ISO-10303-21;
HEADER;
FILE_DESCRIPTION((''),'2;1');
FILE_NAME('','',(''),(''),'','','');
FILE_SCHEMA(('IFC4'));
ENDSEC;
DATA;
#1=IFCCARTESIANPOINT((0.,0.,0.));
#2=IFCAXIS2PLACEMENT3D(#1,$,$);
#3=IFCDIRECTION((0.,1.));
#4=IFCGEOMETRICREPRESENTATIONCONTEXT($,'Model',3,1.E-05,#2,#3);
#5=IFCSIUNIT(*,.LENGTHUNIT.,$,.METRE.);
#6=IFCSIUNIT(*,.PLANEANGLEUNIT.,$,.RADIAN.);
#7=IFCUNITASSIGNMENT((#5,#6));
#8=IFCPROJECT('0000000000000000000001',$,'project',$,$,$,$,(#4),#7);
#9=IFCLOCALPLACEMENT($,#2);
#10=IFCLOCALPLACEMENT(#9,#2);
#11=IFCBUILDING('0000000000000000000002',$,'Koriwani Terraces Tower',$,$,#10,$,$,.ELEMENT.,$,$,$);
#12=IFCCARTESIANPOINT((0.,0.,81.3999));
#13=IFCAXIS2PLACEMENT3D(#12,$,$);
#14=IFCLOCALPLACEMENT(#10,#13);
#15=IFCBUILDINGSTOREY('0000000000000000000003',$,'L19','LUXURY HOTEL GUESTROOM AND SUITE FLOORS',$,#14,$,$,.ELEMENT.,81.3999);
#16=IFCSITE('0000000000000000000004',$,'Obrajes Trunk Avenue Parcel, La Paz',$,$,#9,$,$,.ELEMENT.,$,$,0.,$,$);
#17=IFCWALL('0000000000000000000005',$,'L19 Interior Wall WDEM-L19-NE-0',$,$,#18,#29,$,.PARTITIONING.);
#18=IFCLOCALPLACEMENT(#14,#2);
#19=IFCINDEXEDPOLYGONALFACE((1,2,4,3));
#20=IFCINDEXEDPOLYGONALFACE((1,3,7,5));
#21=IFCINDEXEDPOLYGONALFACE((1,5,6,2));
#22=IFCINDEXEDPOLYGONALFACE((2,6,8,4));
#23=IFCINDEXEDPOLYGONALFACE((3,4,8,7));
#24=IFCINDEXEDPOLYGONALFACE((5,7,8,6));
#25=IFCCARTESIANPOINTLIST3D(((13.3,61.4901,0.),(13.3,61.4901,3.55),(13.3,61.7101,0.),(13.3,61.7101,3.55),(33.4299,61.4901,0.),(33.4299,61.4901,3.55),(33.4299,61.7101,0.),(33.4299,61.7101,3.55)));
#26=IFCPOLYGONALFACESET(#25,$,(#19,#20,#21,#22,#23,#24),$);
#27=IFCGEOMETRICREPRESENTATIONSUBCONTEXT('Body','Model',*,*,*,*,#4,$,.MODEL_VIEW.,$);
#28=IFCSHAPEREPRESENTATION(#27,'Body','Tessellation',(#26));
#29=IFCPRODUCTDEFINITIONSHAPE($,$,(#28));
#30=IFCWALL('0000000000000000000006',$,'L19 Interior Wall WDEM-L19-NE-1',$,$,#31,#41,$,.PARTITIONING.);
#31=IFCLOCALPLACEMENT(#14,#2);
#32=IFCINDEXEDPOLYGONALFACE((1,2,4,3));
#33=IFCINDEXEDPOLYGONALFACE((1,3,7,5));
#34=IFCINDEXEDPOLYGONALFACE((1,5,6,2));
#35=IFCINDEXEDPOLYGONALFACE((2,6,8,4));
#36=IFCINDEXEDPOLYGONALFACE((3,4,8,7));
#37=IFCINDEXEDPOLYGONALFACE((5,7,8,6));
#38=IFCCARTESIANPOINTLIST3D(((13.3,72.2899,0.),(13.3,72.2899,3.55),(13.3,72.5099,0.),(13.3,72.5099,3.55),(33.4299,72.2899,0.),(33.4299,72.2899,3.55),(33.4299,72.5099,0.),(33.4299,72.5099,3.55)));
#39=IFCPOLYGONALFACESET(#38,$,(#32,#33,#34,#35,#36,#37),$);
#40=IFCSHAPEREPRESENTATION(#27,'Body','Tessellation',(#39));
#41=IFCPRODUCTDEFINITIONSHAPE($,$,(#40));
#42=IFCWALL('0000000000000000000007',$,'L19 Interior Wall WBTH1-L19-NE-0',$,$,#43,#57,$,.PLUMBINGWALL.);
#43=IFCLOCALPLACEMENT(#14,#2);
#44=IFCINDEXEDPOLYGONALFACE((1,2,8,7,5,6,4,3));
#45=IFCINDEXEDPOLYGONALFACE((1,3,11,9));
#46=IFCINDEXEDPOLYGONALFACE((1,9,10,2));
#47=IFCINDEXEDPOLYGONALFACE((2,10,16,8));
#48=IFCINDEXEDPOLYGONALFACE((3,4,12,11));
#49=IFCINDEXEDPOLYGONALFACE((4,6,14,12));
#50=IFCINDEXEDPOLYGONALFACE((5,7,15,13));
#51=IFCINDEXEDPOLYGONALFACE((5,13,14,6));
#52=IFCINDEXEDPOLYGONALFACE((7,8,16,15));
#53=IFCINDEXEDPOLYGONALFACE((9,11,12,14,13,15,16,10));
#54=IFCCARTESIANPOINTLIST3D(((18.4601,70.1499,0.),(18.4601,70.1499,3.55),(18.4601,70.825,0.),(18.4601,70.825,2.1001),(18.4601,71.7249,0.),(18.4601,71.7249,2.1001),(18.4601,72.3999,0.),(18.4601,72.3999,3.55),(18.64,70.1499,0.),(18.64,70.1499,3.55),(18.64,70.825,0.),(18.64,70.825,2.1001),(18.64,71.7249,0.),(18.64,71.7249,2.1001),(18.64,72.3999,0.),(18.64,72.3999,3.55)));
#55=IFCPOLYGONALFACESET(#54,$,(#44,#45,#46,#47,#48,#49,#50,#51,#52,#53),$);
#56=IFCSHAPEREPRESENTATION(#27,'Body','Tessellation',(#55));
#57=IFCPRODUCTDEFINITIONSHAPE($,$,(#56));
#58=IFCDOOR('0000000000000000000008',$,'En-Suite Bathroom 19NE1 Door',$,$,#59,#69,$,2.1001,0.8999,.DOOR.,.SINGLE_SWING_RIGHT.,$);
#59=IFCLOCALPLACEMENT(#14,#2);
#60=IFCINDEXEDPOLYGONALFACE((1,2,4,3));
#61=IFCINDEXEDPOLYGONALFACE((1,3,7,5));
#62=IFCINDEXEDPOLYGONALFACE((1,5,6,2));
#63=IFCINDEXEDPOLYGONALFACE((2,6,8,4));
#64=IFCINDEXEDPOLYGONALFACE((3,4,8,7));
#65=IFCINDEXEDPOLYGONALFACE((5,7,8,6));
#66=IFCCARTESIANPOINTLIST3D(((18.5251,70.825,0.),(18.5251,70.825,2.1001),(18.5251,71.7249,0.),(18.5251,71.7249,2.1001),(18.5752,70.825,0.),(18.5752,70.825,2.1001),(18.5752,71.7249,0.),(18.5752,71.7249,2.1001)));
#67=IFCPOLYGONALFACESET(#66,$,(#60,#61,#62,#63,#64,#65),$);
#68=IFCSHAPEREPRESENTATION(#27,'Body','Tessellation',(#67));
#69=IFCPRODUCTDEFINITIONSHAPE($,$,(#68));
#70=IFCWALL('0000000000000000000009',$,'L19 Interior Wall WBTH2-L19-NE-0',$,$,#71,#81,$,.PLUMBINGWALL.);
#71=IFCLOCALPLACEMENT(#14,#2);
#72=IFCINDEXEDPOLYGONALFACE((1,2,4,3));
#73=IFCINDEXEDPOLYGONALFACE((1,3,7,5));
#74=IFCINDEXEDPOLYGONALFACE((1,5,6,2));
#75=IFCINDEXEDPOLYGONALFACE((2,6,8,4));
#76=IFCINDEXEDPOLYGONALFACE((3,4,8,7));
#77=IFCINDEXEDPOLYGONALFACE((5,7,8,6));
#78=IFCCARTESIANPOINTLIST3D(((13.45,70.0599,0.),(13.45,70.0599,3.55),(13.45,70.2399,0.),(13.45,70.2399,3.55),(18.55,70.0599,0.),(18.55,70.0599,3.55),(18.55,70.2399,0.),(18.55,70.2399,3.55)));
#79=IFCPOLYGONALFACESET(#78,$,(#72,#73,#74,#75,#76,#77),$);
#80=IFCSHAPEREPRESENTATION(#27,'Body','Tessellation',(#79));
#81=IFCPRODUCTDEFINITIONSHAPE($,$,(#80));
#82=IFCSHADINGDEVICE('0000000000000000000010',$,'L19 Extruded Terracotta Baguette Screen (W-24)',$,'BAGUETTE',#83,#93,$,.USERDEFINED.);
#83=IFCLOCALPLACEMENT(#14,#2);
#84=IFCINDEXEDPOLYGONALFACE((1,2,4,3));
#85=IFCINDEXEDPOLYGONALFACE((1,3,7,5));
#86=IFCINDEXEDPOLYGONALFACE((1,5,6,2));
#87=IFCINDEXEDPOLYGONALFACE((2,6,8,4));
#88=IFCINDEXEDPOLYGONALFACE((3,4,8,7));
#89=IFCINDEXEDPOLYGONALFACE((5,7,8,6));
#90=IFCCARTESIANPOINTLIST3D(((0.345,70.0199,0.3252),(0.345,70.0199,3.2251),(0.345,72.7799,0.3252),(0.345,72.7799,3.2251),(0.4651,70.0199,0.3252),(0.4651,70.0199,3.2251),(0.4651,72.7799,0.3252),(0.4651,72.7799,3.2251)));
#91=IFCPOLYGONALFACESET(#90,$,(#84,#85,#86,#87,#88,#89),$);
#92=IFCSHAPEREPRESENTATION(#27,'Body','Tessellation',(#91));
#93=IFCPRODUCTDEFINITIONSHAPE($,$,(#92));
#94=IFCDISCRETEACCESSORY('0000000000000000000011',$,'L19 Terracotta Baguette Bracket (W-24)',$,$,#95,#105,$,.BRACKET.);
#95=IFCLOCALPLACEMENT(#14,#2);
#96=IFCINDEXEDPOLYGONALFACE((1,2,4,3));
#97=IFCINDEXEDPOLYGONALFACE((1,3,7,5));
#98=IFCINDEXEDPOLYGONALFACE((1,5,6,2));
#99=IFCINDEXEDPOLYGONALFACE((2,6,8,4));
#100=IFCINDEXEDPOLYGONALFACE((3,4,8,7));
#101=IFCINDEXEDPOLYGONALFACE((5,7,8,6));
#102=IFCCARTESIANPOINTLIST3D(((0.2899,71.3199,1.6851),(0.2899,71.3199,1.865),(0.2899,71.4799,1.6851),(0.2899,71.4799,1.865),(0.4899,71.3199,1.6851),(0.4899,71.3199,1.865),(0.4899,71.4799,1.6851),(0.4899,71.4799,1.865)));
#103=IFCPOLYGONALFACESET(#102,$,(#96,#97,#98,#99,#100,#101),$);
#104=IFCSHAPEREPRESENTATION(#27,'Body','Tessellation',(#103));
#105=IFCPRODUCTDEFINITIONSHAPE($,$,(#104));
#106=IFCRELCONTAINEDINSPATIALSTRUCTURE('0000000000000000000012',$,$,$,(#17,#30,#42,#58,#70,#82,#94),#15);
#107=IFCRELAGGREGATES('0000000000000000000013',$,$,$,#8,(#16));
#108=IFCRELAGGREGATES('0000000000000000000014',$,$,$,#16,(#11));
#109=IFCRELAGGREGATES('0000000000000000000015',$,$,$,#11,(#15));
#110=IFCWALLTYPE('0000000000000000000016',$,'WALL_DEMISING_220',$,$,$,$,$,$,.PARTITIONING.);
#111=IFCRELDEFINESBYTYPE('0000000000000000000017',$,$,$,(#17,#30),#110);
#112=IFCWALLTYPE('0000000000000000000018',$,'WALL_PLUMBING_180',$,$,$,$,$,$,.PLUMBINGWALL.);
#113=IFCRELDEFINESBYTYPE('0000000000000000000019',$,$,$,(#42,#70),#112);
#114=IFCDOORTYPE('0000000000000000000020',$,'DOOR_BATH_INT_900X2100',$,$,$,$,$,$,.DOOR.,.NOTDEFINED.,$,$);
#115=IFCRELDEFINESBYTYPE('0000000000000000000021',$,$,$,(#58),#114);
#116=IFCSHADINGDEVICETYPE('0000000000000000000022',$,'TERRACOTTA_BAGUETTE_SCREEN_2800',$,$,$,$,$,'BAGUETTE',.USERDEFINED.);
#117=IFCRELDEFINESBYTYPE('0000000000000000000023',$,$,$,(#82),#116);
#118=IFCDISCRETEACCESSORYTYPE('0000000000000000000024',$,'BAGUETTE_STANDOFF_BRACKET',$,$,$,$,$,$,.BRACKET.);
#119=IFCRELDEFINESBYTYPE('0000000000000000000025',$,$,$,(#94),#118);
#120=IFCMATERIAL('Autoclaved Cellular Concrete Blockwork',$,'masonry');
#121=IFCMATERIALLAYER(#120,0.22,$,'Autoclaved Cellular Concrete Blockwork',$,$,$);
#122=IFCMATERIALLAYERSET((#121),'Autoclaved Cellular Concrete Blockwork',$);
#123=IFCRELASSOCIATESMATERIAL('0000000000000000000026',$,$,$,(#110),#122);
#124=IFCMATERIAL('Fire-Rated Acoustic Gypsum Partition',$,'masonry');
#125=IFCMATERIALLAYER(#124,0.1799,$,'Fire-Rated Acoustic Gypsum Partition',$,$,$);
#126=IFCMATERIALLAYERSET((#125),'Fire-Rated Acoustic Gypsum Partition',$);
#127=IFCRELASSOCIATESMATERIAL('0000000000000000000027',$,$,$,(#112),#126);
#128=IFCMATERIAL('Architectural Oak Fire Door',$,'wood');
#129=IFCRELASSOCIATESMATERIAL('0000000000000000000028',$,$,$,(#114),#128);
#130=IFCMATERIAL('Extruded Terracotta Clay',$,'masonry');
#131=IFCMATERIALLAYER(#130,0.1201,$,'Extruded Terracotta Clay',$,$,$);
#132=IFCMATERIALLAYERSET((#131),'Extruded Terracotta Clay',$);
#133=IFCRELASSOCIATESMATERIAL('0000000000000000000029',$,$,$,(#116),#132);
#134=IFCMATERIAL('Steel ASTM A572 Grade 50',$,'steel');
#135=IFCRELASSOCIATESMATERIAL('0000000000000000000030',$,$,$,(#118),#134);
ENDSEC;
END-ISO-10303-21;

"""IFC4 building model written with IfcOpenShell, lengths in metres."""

from ifc_helpers import new_model, si_unit, direction, frame, frame_2d, origin, origin_2d, place, context, subcontext, project, spatial, rectangle, extrude, material, layer, layer_set, type_object, element, fill, save


model = new_model("IFC4")

# Units and contexts
model_context = context("Model", 3, precision=1e-05, world=origin(), true_north=direction((0.0, 1.0)))
body_context = subcontext(model_context, "Body", "Model", "MODEL_VIEW")
ifc_project = project(units=[si_unit("LENGTHUNIT", "METRE"), si_unit("PLANEANGLEUNIT", "RADIAN")], contexts=[model_context])

# Site, building, storey
site_placement = place(None, origin())
site = spatial("IfcSite", under=ifc_project, at=site_placement, Name="Obrajes Trunk Avenue Parcel, La Paz", CompositionType="ELEMENT", RefElevation=0.0)
building_placement = place(site_placement, origin())
building = spatial("IfcBuilding", under=site, at=building_placement, Name="Koriwani Terraces Tower", CompositionType="ELEMENT")
storey_placement = place(building_placement, frame((0.0, 0.0, 81.3999)))
storey = spatial("IfcBuildingStorey", under=building, at=storey_placement, Name="L19", Description="LUXURY HOTEL GUESTROOM AND SUITE FLOORS", CompositionType="ELEMENT", Elevation=81.3999)

# Shared definitions
ifc_material_1 = material(Name="Steel ASTM A572 Grade 50", Category="steel")

# Shared definitions
ifc_material_2 = material(Name="Autoclaved Cellular Concrete Blockwork", Category="masonry")
ifc_material_3 = material(Name="Architectural Oak Fire Door", Category="wood")

# Walls
ifc_layer_1 = layer(ifc_material_2, 0.22, Name="Autoclaved Cellular Concrete Blockwork")
ifc_layer_set_1 = layer_set([ifc_layer_1], Name="Autoclaved Cellular Concrete Blockwork")
wall_type_1 = type_object("IfcWallType", Name="WALL_DEMISING_220", PredefinedType="PARTITIONING", material=ifc_layer_set_1)
for number, where, z_axis, x_axis, name in (
    (1, (13.3, 61.6001, 0.0), (0.0, 0.0, 1.0), (1.0, 0.0, 0.0), "L19 Interior Wall WDEM-L19-NE-0"),
    (2, (13.3, 72.3999, 0.0), (0.0, 0.0, 1.0), (1.0, 0.0, 0.0), "L19 Interior Wall WDEM-L19-NE-1"),
):
    element("IfcWall", number, at=place(storey_placement, frame(where, z_axis=z_axis, x_axis=x_axis)), inside=storey, type_object=wall_type_1, Name=name, PredefinedType="PARTITIONING", context=body_context, shape_type="SweptSolid", body=[
        extrude(rectangle(XDim=20.1299, YDim=0.22, at=frame_2d((10.0649, 0.0))), origin(), (0.0, 0.0, 1.0), 3.55),
    ])

# Wall, opening, door
ifc_material_4 = material(Name="Fire-Rated Acoustic Gypsum Partition", Category="masonry")
ifc_layer_2 = layer(ifc_material_4, 0.1799, Name="Fire-Rated Acoustic Gypsum Partition")
ifc_layer_set_2 = layer_set([ifc_layer_2], Name="Fire-Rated Acoustic Gypsum Partition")
wall_type_2 = type_object("IfcWallType", Name="WALL_PLUMBING_180", PredefinedType="PLUMBINGWALL", material=ifc_layer_set_2)
wall_1_placement = place(storey_placement, frame((18.55, 70.1499, 0.0), z_axis=(0.0, 0.0, 1.0), x_axis=(0.0, 1.0, 0.0)))
wall_1 = element("IfcWall", 3, at=wall_1_placement, inside=storey, type_object=wall_type_2, Name="L19 Interior Wall WBTH1-L19-NE-0", PredefinedType="PLUMBINGWALL", context=body_context, shape_type="SweptSolid", body=[
    extrude(rectangle(XDim=2.25, YDim=0.1799, at=frame_2d((1.125, 0.0))), origin(), (0.0, 0.0, 1.0), 3.55),
])
opening_1_placement = place(wall_1_placement, frame((0.675, 0.0, 0.0)))
opening_1 = element("IfcOpeningElement", 4, at=opening_1_placement, cuts=wall_1, PredefinedType="OPENING", context=body_context, shape_type="SweptSolid", body=[
    extrude(rectangle(XDim=0.8999, YDim=2.1001, at=frame_2d((0.45, 1.05))), frame((0.0, 0.1001, 0.0), z_axis=(0.0, -1.0, 0.0), x_axis=(1.0, 0.0, 0.0)), (0.0, 0.0, 1.0), 0.2),
])
door_type_1 = type_object("IfcDoorType", Name="DOOR_BATH_INT_900X2100", OperationType="NOTDEFINED", PredefinedType="DOOR", material=ifc_material_3)
door_1_placement = place(opening_1_placement, origin())
door_1 = element("IfcDoor", 5, at=door_1_placement, inside=storey, type_object=door_type_1, Name="En-Suite Bathroom 19NE1 Door", OperationType="SINGLE_SWING_RIGHT", OverallHeight=2.1001, OverallWidth=0.8999, PredefinedType="DOOR", context=body_context, shape_type="SweptSolid", body=[
    extrude(rectangle(XDim=0.8999, YDim=2.1001, at=frame_2d((0.45, 1.05))), frame((0.0, 0.0249, 0.0), z_axis=(0.0, -1.0, 0.0), x_axis=(1.0, 0.0, 0.0)), (0.0, 0.0, 1.0), 0.05),
])
fill(opening_1, door_1)

# Wall
wall_2_placement = place(storey_placement, frame((13.45, 70.1499, 0.0), z_axis=(0.0, 0.0, 1.0), x_axis=(1.0, 0.0, 0.0)))
element("IfcWall", 6, at=wall_2_placement, inside=storey, type_object=wall_type_2, Name="L19 Interior Wall WBTH2-L19-NE-0", PredefinedType="PLUMBINGWALL", context=body_context, shape_type="SweptSolid", body=[
    extrude(rectangle(XDim=5.1001, YDim=0.1799, at=frame_2d((2.55, 0.0))), origin(), (0.0, 0.0, 1.0), 3.55),
])

# Shading device
ifc_material_5 = material(Name="Extruded Terracotta Clay", Category="masonry")
ifc_layer_3 = layer(ifc_material_5, 0.1201, Name="Extruded Terracotta Clay")
ifc_layer_set_3 = layer_set([ifc_layer_3], Name="Extruded Terracotta Clay")
shading_device_type = type_object("IfcShadingDeviceType", Name="TERRACOTTA_BAGUETTE_SCREEN_2800", ElementType="BAGUETTE", PredefinedType="USERDEFINED", material=ifc_layer_set_3)
shading_device_placement = place(storey_placement, frame((0.405, 71.3999, 0.3252), z_axis=(0.0, 0.0, 1.0), x_axis=(0.0, 1.0, 0.0)))
element("IfcShadingDevice", 7, at=shading_device_placement, inside=storey, type_object=shading_device_type, Name="L19 Extruded Terracotta Baguette Screen (W-24)", ObjectType="BAGUETTE", PredefinedType="USERDEFINED", context=body_context, shape_type="SweptSolid", body=[
    extrude(rectangle(XDim=2.76, YDim=0.1201, at=origin_2d()), origin(), (0.0, 0.0, 1.0), 2.8999),
])

# Discrete accessory
discrete_accessory_type = type_object("IfcDiscreteAccessoryType", Name="BAGUETTE_STANDOFF_BRACKET", PredefinedType="BRACKET", material=ifc_material_1)
discrete_accessory_placement = place(storey_placement, frame((0.3899, 71.3999, 1.6851), z_axis=(0.0, 0.0, 1.0), x_axis=(0.0, 1.0, 0.0)))
element("IfcDiscreteAccessory", 8, at=discrete_accessory_placement, inside=storey, type_object=discrete_accessory_type, Name="L19 Terracotta Baguette Bracket (W-24)", PredefinedType="BRACKET", context=body_context, shape_type="SweptSolid", body=[
    extrude(rectangle(XDim=0.1599, YDim=0.2, at=origin_2d()), origin(), (0.0, 0.0, 1.0), 0.1799),
])

save(model, "model.ifc")
